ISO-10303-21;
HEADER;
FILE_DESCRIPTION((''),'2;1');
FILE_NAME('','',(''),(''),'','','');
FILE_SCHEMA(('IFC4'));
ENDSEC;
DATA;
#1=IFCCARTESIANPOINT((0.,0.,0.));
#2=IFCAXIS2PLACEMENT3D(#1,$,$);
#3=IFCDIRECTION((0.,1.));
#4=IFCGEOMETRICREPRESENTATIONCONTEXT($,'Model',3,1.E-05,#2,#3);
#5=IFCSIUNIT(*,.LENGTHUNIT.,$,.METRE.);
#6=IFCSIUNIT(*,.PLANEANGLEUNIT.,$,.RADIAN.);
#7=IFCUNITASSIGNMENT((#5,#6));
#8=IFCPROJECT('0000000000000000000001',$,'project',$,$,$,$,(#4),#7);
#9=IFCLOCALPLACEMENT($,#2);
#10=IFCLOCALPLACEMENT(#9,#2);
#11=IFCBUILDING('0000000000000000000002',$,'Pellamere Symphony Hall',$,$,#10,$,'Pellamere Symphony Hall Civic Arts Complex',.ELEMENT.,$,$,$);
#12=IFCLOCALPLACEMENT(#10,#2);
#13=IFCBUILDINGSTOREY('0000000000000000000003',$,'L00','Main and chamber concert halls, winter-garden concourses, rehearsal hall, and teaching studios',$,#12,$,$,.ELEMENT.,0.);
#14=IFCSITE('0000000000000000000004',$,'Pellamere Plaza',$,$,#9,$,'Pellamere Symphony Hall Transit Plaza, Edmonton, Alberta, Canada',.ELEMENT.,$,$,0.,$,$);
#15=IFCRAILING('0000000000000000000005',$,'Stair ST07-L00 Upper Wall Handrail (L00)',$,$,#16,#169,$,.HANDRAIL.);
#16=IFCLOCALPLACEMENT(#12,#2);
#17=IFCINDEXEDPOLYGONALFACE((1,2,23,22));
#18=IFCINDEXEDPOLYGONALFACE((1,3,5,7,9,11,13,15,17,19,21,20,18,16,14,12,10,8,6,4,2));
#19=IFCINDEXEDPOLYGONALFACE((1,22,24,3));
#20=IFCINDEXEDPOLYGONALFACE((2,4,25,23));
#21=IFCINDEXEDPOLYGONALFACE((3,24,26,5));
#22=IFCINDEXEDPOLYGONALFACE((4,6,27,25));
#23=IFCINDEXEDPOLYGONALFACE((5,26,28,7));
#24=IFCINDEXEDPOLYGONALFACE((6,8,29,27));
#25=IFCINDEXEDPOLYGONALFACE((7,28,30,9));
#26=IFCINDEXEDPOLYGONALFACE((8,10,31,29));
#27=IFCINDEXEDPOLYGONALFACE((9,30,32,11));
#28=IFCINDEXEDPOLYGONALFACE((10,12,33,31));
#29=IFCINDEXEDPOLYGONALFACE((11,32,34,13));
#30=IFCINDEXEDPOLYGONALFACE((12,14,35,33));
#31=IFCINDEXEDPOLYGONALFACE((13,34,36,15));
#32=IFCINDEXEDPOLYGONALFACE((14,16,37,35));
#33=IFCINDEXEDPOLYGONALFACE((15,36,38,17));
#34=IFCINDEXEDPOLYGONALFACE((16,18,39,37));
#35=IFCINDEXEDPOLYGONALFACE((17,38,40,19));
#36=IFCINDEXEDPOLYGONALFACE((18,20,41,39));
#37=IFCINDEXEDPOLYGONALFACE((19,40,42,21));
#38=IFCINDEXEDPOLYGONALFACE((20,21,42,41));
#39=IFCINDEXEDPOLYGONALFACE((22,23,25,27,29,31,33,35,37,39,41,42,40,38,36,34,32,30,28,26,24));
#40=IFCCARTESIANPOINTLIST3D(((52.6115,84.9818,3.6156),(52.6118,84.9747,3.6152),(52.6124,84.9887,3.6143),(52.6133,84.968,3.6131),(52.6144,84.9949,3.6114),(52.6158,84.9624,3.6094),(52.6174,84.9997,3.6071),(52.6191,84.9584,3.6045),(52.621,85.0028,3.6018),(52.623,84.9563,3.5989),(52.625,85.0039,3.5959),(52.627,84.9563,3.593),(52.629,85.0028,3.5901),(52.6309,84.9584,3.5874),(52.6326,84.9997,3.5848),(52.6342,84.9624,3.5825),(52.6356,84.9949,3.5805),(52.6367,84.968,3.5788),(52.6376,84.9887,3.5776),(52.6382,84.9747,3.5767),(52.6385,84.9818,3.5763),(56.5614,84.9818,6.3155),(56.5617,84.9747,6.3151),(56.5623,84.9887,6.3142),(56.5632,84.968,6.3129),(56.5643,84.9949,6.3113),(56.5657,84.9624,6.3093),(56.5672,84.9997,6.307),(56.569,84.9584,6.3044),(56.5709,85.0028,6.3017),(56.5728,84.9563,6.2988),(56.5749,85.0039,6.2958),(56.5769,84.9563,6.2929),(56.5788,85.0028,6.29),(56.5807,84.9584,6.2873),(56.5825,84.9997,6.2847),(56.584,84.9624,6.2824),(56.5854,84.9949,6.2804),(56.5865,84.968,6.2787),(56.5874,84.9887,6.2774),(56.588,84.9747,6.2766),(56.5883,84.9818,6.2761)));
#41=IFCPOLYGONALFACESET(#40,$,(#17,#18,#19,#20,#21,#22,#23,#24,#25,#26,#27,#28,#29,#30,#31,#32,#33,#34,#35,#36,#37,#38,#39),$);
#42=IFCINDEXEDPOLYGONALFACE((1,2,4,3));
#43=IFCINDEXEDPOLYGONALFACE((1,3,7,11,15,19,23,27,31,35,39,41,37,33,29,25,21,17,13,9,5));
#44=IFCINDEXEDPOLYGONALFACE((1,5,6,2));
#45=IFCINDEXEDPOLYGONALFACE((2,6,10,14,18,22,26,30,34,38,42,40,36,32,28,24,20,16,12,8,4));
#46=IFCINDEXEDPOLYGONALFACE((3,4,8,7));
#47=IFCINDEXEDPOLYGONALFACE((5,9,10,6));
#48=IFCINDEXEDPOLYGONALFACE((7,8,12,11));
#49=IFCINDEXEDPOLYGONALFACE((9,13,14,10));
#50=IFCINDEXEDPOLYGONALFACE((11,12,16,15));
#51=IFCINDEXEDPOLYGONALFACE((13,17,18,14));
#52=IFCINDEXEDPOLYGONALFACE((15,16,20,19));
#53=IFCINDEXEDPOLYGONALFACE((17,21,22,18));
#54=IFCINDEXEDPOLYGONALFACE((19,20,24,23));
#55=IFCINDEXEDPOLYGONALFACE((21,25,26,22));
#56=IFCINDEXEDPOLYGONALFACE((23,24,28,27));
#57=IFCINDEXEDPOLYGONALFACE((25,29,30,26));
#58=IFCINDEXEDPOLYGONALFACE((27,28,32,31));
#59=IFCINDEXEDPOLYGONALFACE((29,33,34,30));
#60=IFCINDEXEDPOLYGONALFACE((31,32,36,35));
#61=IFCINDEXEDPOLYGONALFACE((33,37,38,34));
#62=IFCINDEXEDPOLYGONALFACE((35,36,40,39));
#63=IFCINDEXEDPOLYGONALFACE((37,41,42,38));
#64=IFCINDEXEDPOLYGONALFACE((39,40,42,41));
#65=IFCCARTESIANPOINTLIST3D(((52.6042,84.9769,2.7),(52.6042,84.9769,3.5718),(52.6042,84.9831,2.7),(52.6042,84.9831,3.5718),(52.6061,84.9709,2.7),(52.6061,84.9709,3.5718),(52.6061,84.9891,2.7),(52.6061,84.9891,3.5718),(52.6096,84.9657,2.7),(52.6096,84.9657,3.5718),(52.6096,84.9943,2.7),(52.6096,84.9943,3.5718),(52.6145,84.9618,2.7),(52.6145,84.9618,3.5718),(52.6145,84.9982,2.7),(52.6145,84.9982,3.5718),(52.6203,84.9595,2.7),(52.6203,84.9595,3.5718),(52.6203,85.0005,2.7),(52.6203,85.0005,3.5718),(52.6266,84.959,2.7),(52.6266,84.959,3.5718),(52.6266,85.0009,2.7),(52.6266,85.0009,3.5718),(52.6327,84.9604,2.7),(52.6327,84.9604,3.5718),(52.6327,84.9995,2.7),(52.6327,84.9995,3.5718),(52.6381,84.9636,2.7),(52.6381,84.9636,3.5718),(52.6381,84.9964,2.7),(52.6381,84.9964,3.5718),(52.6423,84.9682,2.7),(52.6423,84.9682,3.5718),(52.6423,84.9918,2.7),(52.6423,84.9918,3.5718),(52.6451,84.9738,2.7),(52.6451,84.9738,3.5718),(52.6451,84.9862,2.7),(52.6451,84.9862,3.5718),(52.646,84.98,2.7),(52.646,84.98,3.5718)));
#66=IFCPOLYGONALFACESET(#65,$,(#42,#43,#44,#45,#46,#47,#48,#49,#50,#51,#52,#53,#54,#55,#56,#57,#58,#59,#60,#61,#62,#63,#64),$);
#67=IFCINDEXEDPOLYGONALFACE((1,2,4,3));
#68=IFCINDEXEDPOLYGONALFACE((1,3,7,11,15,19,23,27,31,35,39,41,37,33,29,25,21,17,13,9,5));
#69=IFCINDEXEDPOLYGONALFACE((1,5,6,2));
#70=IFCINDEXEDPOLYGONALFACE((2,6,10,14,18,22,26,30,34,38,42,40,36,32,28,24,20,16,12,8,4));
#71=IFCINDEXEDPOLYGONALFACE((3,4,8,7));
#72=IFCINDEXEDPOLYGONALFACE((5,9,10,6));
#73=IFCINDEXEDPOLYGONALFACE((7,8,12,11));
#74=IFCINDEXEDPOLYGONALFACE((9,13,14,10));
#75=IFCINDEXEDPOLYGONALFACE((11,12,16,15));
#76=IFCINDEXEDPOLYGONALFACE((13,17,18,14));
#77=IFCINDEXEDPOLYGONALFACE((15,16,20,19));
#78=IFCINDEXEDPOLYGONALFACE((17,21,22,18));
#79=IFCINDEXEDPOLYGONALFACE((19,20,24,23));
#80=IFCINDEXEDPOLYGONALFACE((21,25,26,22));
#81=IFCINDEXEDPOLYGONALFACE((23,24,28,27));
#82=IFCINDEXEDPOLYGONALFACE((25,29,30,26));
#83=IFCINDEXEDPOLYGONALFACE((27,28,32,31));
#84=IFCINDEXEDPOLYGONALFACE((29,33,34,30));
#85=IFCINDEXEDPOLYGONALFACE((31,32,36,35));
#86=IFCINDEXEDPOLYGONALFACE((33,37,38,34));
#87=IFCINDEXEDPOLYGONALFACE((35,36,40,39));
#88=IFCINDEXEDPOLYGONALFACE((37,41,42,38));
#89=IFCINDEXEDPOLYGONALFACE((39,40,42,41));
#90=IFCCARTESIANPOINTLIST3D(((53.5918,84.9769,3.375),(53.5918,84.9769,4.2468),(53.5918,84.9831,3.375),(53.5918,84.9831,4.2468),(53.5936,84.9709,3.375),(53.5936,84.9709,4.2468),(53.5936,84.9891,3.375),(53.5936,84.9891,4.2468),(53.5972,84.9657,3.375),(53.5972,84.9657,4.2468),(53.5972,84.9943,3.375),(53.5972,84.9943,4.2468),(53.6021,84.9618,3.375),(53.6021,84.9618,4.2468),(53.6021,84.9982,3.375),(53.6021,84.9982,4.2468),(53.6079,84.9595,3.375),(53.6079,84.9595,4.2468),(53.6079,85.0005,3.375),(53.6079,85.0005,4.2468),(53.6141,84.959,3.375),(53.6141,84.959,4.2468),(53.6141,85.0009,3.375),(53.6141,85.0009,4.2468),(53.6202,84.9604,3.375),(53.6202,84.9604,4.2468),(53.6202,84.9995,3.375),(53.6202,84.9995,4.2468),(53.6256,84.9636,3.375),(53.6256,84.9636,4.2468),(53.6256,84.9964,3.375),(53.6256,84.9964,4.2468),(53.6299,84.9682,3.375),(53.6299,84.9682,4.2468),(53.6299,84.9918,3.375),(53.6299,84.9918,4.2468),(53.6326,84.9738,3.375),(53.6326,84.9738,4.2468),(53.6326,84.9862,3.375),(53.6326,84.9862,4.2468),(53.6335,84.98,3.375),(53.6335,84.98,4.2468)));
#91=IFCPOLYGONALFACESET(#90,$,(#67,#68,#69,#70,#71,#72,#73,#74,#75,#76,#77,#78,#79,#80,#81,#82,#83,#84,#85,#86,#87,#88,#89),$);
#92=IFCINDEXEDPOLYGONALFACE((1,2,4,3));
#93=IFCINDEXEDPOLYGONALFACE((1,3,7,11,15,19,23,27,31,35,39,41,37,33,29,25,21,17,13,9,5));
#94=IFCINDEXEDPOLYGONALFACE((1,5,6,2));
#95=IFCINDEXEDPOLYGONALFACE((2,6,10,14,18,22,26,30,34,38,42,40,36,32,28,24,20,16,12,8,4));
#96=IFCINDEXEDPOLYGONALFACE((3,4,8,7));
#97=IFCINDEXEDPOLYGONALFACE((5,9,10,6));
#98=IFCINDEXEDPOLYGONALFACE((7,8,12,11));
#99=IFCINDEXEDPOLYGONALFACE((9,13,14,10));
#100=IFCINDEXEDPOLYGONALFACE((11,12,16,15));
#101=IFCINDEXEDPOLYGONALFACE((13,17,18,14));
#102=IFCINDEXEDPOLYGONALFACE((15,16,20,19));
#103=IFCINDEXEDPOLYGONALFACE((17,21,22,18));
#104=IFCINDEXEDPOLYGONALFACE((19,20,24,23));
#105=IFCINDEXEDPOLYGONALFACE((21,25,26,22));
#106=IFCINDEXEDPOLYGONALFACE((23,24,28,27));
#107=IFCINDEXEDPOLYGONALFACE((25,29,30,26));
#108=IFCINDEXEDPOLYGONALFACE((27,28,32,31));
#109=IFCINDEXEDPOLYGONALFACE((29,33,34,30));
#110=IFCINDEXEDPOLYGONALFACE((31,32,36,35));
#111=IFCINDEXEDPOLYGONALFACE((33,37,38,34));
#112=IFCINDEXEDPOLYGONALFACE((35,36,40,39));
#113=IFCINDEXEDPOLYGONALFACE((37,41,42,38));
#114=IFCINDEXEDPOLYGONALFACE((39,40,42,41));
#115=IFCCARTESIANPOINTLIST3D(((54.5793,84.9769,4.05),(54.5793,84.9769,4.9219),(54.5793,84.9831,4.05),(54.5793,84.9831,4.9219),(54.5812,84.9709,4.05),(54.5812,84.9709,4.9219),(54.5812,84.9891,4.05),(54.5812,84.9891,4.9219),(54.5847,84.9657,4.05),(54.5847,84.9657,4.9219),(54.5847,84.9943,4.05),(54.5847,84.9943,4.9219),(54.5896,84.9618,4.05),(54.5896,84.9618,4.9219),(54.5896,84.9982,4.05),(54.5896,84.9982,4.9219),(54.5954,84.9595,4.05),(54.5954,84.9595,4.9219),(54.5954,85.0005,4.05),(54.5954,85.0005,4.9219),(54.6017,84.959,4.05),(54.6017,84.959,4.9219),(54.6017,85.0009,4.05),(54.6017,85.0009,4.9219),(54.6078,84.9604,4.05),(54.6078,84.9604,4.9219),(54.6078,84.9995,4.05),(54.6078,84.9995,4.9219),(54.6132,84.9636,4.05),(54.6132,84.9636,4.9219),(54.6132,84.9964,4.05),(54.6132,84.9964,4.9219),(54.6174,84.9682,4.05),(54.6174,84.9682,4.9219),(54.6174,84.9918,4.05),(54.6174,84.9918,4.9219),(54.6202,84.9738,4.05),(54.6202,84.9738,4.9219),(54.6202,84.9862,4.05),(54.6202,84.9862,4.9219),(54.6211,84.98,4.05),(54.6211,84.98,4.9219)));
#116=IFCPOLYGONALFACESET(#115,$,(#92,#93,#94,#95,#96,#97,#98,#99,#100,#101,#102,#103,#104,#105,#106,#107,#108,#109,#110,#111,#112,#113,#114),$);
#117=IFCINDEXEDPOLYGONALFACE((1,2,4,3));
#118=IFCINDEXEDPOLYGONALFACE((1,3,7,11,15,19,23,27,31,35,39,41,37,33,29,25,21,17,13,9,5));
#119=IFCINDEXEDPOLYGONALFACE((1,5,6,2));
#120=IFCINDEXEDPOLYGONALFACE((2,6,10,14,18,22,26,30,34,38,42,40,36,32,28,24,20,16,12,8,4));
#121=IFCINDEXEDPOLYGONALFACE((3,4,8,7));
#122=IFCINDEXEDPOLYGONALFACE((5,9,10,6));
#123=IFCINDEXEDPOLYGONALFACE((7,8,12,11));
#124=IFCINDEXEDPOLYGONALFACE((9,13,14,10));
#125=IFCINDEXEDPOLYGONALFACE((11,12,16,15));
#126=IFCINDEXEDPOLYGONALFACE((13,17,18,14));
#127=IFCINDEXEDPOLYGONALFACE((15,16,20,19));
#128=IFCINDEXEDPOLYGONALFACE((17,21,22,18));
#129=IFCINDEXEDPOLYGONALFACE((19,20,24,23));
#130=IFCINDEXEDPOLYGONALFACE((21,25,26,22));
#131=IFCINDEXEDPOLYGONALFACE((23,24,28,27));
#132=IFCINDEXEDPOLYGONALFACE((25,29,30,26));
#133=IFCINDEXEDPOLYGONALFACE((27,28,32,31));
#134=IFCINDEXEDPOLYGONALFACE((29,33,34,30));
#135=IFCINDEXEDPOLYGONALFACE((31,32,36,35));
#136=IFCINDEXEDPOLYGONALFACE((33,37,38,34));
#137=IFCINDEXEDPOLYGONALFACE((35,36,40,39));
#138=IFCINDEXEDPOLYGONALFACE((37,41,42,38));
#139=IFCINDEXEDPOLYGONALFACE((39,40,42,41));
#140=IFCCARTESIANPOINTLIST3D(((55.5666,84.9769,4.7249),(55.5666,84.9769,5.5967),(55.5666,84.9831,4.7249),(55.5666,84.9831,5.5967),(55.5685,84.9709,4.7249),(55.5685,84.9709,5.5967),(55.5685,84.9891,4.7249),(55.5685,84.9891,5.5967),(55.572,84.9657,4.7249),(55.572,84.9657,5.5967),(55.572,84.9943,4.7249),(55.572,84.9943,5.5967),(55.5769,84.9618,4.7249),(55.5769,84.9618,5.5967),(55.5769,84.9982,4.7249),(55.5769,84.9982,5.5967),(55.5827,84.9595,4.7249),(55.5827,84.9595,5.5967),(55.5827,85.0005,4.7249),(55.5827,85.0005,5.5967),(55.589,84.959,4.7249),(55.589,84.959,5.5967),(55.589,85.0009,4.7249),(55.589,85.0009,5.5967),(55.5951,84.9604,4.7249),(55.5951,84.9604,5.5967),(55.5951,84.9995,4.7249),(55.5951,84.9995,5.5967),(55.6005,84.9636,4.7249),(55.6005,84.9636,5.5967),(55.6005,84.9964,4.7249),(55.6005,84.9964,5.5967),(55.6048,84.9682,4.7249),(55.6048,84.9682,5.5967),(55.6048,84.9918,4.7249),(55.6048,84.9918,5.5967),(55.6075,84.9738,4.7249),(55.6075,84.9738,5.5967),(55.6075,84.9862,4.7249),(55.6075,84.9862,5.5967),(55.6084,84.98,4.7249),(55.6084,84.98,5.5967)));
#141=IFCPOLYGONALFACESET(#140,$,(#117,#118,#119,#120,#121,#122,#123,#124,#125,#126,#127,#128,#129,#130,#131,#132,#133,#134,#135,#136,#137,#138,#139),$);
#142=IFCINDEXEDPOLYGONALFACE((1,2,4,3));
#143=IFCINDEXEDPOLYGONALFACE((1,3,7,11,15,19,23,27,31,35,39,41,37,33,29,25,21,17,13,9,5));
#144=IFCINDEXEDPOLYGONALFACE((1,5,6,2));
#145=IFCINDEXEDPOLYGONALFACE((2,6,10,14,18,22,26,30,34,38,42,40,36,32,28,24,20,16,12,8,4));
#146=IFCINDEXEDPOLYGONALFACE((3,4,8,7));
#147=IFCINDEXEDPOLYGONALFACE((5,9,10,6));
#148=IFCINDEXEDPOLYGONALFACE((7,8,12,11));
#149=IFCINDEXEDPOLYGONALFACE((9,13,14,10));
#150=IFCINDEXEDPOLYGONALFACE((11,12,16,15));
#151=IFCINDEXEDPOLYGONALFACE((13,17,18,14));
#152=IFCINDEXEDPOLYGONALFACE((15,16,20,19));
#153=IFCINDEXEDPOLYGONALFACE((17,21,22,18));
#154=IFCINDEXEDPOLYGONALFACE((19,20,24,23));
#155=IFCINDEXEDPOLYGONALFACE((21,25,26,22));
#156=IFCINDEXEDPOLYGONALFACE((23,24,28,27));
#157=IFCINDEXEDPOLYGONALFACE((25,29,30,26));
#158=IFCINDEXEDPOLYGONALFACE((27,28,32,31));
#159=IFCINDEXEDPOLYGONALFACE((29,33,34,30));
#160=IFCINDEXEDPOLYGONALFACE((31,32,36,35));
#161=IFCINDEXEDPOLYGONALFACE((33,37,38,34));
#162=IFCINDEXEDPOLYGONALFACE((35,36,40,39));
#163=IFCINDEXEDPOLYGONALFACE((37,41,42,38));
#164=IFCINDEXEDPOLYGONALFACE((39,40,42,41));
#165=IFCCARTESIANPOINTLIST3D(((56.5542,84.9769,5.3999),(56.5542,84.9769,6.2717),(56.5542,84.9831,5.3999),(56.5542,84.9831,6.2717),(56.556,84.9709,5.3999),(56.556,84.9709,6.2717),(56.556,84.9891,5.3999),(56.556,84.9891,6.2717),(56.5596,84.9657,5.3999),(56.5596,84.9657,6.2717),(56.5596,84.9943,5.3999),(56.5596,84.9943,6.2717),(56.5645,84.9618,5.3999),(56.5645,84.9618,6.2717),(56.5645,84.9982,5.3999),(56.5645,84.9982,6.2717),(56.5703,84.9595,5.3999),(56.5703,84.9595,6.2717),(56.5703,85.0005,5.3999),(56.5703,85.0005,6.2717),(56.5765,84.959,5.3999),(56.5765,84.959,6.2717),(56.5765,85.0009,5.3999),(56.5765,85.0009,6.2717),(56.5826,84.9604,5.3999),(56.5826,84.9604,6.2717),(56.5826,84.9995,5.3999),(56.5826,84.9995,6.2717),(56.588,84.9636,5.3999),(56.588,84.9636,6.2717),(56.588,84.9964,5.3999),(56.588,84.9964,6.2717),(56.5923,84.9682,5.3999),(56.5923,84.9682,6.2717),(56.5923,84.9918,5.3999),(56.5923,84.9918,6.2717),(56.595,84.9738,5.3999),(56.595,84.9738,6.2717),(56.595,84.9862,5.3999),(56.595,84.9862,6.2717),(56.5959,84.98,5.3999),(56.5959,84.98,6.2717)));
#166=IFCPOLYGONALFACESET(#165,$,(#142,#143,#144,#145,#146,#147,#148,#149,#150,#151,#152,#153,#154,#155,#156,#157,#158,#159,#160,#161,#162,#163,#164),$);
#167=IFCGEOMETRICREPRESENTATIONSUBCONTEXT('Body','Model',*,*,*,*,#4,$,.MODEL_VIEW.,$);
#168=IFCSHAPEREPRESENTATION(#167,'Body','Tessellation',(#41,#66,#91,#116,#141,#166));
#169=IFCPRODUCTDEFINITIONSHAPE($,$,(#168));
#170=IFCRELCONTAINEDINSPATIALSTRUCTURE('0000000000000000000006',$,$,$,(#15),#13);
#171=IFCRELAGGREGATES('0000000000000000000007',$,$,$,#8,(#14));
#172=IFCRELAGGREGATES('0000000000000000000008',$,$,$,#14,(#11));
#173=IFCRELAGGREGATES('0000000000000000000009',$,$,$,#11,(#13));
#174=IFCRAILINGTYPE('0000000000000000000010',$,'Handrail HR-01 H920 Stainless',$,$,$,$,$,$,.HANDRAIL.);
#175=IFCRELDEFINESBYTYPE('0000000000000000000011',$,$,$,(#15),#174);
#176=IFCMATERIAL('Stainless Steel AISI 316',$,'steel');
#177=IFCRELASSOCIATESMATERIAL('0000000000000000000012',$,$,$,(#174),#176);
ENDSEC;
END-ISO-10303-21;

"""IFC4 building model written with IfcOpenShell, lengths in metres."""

from ifc_helpers import new_model, si_unit, direction, frame, origin, origin_2d, place, context, subcontext, project, spatial, circle, extrude, material, type_object, element, save


model = new_model("IFC4")

# Units and contexts
model_context = context("Model", 3, precision=1e-05, world=origin(), true_north=direction((0.0, 1.0)))
body_context = subcontext(model_context, "Body", "Model", "MODEL_VIEW")
ifc_project = project(units=[si_unit("LENGTHUNIT", "METRE"), si_unit("PLANEANGLEUNIT", "RADIAN")], contexts=[model_context])

# Site, building, storey
site_placement = place(None, origin())
site = spatial("IfcSite", under=ifc_project, at=site_placement, Name="Pellamere Plaza", LongName="Pellamere Symphony Hall Transit Plaza, Edmonton, Alberta, Canada", CompositionType="ELEMENT", RefElevation=0.0)
building_placement = place(site_placement, origin())
building = spatial("IfcBuilding", under=site, at=building_placement, Name="Pellamere Symphony Hall", LongName="Pellamere Symphony Hall Civic Arts Complex", CompositionType="ELEMENT")
storey_placement = place(building_placement, origin())
storey = spatial("IfcBuildingStorey", under=building, at=storey_placement, Name="L00", Description="Main and chamber concert halls, winter-garden concourses, rehearsal hall, and teaching studios", CompositionType="ELEMENT", Elevation=0.0)

# Railing
ifc_material_1 = material(Name="Stainless Steel AISI 316", Category="steel")
railing_type_1 = type_object("IfcRailingType", Name="Handrail HR-01 H920 Stainless", PredefinedType="HANDRAIL", material=ifc_material_1)
railing_1_placement = place(storey_placement, frame((52.625, 84.98, 2.7)))
element("IfcRailing", 1, at=railing_1_placement, inside=storey, type_object=railing_type_1, Name="Stair ST07-L00 Upper Wall Handrail (L00)", PredefinedType="HANDRAIL", context=body_context, shape_type="SweptSolid", body=[
    extrude(circle(Radius=0.0239, at=origin_2d()), frame((0.0, 0.0, 0.896), z_axis=(0.825565, 0.0, 0.564307), x_axis=(0.0, 1.0, 0.0)), (0.0, 0.0, 1.0), 4.7844),
    extrude(circle(Radius=0.021, at=origin_2d()), origin(), (0.0, 0.0, 1.0), 0.8718),
    extrude(circle(Radius=0.021, at=origin_2d()), frame((0.9875, 0.0, 0.675)), (0.0, 0.0, 1.0), 0.8718),
    extrude(circle(Radius=0.021, at=origin_2d()), frame((1.9751, 0.0, 1.3501)), (0.0, 0.0, 1.0), 0.8718),
    extrude(circle(Radius=0.021, at=origin_2d()), frame((2.9624, 0.0, 2.0249)), (0.0, 0.0, 1.0), 0.8718),
    extrude(circle(Radius=0.021, at=origin_2d()), frame((3.95, 0.0, 2.7)), (0.0, 0.0, 1.0), 0.8718),
])

save(model, "model.ifc")
